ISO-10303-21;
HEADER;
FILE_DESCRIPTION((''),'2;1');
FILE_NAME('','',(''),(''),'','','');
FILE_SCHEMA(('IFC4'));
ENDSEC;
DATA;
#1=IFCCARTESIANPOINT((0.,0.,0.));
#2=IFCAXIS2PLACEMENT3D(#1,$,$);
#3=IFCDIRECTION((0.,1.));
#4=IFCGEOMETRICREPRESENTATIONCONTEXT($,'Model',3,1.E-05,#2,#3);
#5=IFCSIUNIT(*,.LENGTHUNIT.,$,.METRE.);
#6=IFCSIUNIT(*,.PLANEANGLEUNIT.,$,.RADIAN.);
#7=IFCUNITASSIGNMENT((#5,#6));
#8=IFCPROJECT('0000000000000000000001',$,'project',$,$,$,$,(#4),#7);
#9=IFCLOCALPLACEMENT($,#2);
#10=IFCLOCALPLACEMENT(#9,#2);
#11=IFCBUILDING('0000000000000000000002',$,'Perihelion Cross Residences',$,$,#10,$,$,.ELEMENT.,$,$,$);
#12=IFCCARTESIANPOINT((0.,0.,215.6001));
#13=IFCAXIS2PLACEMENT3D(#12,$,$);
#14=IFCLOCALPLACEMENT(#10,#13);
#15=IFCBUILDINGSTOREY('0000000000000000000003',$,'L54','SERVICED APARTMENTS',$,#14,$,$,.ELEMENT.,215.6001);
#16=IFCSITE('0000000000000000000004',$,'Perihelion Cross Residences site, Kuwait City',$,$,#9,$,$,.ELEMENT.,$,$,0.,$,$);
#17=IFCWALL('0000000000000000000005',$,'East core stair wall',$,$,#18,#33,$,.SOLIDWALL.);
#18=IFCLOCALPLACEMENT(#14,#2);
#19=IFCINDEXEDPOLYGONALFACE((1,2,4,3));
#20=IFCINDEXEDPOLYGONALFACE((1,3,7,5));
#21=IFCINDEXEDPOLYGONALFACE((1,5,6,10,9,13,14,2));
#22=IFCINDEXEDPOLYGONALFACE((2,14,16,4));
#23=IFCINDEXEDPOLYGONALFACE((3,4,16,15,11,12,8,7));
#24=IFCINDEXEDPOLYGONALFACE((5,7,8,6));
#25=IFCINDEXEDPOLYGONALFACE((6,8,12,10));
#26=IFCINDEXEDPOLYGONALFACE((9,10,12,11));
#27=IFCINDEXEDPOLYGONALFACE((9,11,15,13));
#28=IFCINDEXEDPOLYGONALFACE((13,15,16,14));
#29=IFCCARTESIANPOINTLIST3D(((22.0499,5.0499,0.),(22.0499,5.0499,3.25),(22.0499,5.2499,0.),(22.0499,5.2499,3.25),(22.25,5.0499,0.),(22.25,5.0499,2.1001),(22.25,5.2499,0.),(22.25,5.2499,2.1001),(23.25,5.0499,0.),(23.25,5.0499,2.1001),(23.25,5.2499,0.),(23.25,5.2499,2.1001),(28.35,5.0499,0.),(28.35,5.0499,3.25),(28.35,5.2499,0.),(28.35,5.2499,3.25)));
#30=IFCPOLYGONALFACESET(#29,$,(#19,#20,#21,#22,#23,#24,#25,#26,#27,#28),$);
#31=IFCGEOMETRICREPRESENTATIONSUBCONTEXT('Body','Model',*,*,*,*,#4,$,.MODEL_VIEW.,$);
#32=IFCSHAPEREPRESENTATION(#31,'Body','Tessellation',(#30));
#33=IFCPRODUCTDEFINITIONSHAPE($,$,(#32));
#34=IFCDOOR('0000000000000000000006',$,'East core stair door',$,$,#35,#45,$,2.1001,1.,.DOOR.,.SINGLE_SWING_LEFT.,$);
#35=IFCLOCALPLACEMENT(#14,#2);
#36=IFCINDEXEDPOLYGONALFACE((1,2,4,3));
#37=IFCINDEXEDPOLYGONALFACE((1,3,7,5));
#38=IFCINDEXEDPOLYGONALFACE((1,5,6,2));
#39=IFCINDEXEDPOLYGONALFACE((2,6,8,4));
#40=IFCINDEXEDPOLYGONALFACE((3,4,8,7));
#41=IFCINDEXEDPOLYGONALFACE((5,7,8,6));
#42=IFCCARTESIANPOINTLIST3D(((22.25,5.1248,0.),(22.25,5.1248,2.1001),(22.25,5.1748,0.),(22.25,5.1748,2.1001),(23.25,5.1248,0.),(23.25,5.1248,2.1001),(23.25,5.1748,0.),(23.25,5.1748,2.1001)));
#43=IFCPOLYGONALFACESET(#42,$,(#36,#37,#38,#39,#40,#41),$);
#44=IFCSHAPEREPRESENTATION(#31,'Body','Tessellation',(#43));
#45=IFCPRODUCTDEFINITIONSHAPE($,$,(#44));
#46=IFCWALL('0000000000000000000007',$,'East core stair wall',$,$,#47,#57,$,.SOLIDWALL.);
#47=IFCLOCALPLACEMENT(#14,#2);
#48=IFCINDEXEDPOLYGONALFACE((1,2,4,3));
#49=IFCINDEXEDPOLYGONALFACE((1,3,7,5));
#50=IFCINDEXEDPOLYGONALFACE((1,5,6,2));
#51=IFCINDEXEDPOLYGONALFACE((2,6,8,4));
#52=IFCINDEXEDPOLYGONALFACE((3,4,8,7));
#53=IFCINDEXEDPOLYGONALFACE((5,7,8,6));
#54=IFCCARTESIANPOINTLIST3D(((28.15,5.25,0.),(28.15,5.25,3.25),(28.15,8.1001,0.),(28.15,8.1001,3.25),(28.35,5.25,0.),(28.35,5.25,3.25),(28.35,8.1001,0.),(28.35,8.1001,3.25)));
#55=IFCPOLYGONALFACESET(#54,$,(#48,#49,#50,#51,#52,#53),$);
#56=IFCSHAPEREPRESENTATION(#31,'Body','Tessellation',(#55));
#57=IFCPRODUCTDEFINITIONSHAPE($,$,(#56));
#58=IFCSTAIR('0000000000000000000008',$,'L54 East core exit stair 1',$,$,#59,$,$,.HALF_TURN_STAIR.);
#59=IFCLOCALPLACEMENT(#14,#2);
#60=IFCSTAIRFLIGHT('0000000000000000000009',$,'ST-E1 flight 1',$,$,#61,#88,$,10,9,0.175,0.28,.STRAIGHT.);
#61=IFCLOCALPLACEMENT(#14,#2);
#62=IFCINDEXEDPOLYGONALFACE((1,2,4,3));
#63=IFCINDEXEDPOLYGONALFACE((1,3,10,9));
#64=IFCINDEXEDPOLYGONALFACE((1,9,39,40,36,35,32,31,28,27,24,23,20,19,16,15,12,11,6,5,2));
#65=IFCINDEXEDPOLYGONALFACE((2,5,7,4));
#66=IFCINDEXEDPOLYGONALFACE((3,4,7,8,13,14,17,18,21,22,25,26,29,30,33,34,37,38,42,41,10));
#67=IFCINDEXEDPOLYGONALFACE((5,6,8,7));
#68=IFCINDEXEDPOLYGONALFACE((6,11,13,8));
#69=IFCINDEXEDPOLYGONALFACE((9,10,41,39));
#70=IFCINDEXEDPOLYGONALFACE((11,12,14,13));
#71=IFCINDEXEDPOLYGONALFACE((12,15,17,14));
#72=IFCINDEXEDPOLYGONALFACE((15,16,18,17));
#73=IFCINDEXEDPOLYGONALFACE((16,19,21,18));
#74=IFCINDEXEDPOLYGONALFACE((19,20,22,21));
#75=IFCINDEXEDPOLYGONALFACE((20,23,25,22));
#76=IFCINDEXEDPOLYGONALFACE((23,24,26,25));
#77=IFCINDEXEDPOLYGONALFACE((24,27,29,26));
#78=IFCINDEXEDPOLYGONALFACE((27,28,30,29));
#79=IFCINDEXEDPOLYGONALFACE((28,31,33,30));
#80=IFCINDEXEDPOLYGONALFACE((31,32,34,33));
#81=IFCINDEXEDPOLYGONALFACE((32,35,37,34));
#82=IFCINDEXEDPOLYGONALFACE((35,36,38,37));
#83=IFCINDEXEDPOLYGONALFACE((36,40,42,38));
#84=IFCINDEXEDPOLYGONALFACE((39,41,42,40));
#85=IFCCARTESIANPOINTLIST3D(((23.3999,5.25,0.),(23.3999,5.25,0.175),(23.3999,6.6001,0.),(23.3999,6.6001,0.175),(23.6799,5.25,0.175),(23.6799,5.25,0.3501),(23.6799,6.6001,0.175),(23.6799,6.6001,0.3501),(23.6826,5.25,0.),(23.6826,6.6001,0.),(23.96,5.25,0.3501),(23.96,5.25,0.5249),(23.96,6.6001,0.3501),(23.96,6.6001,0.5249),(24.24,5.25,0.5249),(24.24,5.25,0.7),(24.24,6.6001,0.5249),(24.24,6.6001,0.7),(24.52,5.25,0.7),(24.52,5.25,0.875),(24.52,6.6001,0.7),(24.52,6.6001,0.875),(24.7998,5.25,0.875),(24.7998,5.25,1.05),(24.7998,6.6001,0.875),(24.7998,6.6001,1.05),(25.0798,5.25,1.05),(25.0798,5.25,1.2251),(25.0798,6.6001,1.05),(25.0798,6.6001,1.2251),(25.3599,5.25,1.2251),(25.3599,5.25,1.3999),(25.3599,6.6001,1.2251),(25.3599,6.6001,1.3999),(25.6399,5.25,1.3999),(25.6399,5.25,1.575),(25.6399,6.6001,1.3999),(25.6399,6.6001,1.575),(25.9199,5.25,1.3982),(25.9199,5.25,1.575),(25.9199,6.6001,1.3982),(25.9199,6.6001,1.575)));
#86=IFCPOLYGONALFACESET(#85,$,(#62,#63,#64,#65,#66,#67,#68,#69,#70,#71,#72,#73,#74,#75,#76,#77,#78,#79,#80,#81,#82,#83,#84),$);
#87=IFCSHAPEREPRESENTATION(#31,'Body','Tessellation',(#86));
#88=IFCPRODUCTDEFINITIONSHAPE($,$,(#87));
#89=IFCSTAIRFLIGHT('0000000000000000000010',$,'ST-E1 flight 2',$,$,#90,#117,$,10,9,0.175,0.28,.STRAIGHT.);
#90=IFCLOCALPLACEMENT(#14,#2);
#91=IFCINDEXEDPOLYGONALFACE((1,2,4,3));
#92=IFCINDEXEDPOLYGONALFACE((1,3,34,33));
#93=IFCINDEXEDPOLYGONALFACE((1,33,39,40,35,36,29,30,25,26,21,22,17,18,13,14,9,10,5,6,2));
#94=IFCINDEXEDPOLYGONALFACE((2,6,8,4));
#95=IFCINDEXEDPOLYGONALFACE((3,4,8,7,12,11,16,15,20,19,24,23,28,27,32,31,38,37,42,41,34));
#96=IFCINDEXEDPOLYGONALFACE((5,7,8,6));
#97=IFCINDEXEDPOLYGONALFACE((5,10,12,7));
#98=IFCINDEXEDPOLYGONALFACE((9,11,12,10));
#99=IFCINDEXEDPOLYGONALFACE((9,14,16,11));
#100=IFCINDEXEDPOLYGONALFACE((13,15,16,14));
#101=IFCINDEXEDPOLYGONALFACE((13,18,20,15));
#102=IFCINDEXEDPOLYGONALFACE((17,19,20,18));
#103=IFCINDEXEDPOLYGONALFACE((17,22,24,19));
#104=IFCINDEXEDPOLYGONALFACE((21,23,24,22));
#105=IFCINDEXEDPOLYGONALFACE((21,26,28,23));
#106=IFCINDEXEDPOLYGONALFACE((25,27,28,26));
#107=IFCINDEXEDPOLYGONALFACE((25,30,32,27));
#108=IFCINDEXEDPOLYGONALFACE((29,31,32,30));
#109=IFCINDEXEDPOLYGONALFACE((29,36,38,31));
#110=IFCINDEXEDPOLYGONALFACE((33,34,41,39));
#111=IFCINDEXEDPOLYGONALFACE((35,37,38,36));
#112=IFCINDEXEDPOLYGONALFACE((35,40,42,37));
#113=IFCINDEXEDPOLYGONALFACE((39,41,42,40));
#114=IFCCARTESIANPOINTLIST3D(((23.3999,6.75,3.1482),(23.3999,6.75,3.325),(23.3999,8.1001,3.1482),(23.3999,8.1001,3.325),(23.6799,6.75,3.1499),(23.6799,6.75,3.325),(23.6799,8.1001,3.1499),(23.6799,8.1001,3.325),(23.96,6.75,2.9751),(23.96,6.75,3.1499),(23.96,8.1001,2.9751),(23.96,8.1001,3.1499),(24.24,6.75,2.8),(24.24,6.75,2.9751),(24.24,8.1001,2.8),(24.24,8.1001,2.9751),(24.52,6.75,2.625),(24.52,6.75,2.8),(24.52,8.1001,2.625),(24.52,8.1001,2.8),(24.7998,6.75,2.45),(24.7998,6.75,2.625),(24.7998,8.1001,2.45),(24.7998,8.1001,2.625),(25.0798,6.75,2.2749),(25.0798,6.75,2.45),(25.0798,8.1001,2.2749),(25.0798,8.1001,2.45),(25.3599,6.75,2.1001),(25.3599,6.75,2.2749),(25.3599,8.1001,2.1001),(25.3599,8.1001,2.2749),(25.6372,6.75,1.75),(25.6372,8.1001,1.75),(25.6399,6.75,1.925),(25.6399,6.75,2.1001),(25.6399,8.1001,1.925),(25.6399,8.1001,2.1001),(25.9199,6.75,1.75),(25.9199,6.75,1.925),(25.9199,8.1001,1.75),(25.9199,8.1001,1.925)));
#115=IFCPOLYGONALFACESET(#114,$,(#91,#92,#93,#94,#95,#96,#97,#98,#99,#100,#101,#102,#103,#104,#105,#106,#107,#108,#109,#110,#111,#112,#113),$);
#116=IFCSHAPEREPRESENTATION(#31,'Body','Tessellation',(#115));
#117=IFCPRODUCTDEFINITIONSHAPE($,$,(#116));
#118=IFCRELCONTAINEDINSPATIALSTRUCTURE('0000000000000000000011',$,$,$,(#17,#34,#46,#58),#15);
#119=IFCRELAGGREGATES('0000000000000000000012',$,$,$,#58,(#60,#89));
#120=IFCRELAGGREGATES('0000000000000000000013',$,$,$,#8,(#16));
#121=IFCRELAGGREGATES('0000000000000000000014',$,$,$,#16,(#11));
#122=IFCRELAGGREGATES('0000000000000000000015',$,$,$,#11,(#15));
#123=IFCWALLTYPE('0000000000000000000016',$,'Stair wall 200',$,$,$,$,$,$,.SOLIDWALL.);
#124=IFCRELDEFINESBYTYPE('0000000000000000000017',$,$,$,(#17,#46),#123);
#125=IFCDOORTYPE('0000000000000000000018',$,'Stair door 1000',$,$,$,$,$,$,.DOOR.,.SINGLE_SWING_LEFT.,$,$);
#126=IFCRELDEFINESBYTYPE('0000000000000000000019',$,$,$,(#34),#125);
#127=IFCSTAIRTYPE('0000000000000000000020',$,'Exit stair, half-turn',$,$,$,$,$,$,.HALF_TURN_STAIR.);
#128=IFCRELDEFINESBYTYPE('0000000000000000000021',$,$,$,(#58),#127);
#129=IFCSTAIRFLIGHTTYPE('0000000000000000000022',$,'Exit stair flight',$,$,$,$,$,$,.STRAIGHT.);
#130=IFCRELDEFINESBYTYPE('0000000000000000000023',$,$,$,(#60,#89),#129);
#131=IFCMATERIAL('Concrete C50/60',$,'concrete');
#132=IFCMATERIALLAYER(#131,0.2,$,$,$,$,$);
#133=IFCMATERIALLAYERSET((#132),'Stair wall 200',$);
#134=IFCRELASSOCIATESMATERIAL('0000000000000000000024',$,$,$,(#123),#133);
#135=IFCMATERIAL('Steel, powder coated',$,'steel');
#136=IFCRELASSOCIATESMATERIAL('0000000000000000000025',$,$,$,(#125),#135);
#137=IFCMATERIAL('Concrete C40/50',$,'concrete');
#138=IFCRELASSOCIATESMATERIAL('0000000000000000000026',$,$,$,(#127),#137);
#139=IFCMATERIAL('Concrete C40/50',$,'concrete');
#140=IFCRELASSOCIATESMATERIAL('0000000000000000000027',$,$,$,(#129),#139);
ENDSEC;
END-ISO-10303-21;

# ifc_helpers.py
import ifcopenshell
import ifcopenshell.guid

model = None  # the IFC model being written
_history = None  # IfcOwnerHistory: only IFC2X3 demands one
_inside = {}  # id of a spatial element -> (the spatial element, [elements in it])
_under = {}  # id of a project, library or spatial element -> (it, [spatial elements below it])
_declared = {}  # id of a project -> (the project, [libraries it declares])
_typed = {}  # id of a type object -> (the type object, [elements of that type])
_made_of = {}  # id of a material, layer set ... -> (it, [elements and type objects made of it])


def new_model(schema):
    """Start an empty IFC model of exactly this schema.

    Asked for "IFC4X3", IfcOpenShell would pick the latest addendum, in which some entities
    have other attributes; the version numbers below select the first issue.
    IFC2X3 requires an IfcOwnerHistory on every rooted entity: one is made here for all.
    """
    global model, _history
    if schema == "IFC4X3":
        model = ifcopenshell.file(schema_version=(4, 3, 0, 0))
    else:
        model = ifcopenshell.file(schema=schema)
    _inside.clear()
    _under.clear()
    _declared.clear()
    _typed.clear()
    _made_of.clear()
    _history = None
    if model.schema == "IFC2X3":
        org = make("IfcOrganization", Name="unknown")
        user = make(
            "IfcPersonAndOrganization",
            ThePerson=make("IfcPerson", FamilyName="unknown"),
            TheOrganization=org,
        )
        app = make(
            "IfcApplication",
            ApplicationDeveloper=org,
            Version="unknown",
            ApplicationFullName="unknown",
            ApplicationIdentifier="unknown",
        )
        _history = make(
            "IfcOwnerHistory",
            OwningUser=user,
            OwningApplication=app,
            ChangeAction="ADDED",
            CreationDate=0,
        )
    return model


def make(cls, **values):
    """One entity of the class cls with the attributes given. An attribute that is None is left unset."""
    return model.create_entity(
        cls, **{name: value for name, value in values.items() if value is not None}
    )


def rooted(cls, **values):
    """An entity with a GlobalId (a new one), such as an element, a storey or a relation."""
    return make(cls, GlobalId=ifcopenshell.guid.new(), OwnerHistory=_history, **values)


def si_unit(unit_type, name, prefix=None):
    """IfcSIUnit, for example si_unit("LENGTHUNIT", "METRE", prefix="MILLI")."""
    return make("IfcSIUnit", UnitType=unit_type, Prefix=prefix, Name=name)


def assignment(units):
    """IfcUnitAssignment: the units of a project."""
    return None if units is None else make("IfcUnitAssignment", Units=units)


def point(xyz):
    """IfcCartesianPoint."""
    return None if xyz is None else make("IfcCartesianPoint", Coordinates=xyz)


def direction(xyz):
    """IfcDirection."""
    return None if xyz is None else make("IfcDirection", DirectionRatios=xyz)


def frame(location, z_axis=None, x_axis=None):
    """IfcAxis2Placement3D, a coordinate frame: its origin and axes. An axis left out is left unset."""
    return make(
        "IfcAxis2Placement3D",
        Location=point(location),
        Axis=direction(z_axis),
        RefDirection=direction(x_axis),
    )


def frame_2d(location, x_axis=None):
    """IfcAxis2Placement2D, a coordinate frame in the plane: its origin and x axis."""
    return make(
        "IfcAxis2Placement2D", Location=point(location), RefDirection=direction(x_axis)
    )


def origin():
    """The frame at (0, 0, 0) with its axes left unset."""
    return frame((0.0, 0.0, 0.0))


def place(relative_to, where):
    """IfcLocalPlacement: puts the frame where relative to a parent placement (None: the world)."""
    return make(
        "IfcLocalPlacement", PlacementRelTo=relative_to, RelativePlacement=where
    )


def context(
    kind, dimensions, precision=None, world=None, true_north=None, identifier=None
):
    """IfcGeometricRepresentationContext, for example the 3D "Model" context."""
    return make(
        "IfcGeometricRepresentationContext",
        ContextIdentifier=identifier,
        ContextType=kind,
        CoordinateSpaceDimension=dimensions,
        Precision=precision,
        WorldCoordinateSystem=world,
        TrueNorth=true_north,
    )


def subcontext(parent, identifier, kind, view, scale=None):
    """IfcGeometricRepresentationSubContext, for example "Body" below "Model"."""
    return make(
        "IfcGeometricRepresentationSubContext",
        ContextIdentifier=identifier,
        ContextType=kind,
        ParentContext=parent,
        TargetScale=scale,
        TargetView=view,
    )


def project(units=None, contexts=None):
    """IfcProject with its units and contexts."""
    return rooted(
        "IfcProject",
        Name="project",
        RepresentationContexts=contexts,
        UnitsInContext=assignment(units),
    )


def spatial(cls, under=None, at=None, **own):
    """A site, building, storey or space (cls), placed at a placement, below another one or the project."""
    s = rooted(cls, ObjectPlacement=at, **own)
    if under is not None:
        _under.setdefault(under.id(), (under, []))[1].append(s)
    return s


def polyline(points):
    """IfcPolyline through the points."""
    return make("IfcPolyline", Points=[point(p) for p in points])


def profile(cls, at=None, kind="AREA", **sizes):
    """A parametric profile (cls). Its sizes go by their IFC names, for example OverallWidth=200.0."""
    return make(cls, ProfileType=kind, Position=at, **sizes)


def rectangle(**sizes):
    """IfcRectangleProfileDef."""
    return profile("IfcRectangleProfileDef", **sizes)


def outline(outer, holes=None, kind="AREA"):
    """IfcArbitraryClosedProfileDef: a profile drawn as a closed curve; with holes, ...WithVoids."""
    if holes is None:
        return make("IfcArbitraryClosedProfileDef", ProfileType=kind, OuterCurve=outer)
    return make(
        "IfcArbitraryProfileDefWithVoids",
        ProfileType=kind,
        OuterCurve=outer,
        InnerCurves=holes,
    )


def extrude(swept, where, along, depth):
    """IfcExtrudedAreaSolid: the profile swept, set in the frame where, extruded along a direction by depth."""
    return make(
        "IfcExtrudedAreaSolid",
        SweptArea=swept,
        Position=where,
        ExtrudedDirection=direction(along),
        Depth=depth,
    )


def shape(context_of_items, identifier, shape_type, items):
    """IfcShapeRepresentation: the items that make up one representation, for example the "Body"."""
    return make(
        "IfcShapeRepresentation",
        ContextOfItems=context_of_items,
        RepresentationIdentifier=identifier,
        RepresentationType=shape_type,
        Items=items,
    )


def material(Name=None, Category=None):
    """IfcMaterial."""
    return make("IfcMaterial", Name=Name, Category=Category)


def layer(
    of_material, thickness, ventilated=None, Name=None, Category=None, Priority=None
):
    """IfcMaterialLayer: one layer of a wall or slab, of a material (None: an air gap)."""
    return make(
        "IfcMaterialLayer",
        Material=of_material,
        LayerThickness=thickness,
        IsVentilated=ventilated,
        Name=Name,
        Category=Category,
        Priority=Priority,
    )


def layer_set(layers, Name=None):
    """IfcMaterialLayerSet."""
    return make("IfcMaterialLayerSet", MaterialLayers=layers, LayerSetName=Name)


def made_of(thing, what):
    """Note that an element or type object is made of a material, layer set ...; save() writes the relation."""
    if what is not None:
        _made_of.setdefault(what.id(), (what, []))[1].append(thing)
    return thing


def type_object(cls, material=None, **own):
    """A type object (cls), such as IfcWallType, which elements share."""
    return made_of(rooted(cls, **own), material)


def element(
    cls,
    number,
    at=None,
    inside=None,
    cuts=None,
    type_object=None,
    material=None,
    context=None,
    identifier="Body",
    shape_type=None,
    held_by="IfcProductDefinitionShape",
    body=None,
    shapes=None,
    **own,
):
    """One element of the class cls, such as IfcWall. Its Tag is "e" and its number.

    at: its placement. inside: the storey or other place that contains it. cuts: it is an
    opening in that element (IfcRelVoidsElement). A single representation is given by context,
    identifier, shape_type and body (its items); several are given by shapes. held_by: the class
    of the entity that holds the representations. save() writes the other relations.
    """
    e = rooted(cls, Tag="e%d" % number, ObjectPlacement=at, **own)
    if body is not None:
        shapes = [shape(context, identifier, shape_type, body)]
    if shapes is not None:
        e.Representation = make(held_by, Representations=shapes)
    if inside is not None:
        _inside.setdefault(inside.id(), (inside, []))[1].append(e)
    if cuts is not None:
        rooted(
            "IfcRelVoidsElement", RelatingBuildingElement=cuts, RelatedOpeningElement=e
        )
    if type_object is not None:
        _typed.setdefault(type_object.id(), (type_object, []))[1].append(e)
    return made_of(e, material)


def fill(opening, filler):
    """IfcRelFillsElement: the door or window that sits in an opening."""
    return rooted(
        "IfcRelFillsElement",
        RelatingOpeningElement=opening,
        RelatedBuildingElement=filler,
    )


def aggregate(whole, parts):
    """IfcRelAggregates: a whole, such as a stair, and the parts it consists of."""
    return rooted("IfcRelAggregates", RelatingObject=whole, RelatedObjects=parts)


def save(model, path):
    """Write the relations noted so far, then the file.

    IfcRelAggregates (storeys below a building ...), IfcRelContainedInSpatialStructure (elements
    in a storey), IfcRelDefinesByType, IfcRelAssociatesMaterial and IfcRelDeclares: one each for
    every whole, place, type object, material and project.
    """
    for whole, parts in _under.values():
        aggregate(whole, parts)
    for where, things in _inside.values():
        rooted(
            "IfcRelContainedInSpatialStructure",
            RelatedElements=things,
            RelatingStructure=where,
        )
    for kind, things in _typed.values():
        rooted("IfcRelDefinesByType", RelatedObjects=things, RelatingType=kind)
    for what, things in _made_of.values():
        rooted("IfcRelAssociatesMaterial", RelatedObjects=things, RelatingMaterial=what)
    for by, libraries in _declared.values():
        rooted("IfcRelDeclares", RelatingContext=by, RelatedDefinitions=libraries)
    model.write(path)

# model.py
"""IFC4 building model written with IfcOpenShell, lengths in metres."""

from ifc_helpers import new_model, si_unit, direction, frame, frame_2d, origin, place, context, subcontext, project, spatial, polyline, rectangle, outline, extrude, material, layer, layer_set, type_object, element, fill, aggregate, save


model = new_model("IFC4")

# Units and contexts
model_context = context("Model", 3, precision=1e-05, world=origin(), true_north=direction((0.0, 1.0)))
body_context = subcontext(model_context, "Body", "Model", "MODEL_VIEW")
ifc_project = project(units=[si_unit("LENGTHUNIT", "METRE"), si_unit("PLANEANGLEUNIT", "RADIAN")], contexts=[model_context])

# Site, building, storey
site_placement = place(None, origin())
site = spatial("IfcSite", under=ifc_project, at=site_placement, Name="Perihelion Cross Residences site, Kuwait City", CompositionType="ELEMENT", RefElevation=0.0)
building_placement = place(site_placement, origin())
building = spatial("IfcBuilding", under=site, at=building_placement, Name="Perihelion Cross Residences", CompositionType="ELEMENT")
storey_placement = place(building_placement, frame((0.0, 0.0, 215.6001)))
storey = spatial("IfcBuildingStorey", under=building, at=storey_placement, Name="L54", Description="SERVICED APARTMENTS", CompositionType="ELEMENT", Elevation=215.6001)

# Wall, opening, door
ifc_material_1 = material(Name="Concrete C50/60", Category="concrete")
ifc_layer_1 = layer(ifc_material_1, 0.2)
ifc_layer_set_1 = layer_set([ifc_layer_1], Name="Stair wall 200")
wall_type_1 = type_object("IfcWallType", Name="Stair wall 200", PredefinedType="SOLIDWALL", material=ifc_layer_set_1)
wall_1_placement = place(storey_placement, frame((22.05, 5.1499, 0.0), z_axis=(0.0, 0.0, 1.0), x_axis=(1.0, 0.0, 0.0)))
wall_1 = element("IfcWall", 1, at=wall_1_placement, inside=storey, type_object=wall_type_1, Name="East core stair wall", PredefinedType="SOLIDWALL", context=body_context, shape_type="SweptSolid", body=[
    extrude(rectangle(XDim=6.3, YDim=0.2, at=frame_2d((3.1499, 0.0))), origin(), (0.0, 0.0, 1.0), 3.25),
])
opening_1_placement = place(wall_1_placement, frame((0.2, 0.0, 0.0)))
opening_1 = element("IfcOpeningElement", 2, at=opening_1_placement, cuts=wall_1, PredefinedType="OPENING", context=body_context, shape_type="SweptSolid", body=[
    extrude(rectangle(XDim=1.0, YDim=2.1001, at=frame_2d((0.5, 1.05))), frame((0.0, 0.1099, 0.0), z_axis=(0.0, -1.0, 0.0), x_axis=(1.0, 0.0, 0.0)), (0.0, 0.0, 1.0), 0.22),
])
ifc_material_2 = material(Name="Steel, powder coated", Category="steel")
door_type_1 = type_object("IfcDoorType", Name="Stair door 1000", OperationType="SINGLE_SWING_LEFT", PredefinedType="DOOR", material=ifc_material_2)
door_1_placement = place(opening_1_placement, origin())
door_1 = element("IfcDoor", 3, at=door_1_placement, inside=storey, type_object=door_type_1, Name="East core stair door", OperationType="SINGLE_SWING_LEFT", OverallHeight=2.1001, OverallWidth=1.0, PredefinedType="DOOR", context=body_context, shape_type="SweptSolid", body=[
    extrude(rectangle(XDim=1.0, YDim=2.1001, at=frame_2d((0.5, 1.05))), frame((0.0, 0.0249, 0.0), z_axis=(0.0, -1.0, 0.0), x_axis=(1.0, 0.0, 0.0)), (0.0, 0.0, 1.0), 0.05),
])
fill(opening_1, door_1)

# Wall
wall_2_placement = place(storey_placement, frame((28.25, 5.25, 0.0), z_axis=(0.0, 0.0, 1.0), x_axis=(0.0, 1.0, 0.0)))
element("IfcWall", 4, at=wall_2_placement, inside=storey, type_object=wall_type_1, Name="East core stair wall", PredefinedType="SOLIDWALL", context=body_context, shape_type="SweptSolid", body=[
    extrude(rectangle(XDim=2.8501, YDim=0.2, at=frame_2d((1.425, 0.0))), origin(), (0.0, 0.0, 1.0), 3.25),
])

# Stair, stair flights
ifc_material_3 = material(Name="Concrete C40/50", Category="concrete")
stair_type = type_object("IfcStairType", Name="Exit stair, half-turn", PredefinedType="HALF_TURN_STAIR", material=ifc_material_3)
stair_placement = place(storey_placement, origin())
stair = element("IfcStair", 5, at=stair_placement, inside=storey, type_object=stair_type, Name="L54 East core exit stair 1", PredefinedType="HALF_TURN_STAIR")
ifc_material_4 = material(Name="Concrete C40/50", Category="concrete")
stair_flight_type = type_object("IfcStairFlightType", Name="Exit stair flight", PredefinedType="STRAIGHT", material=ifc_material_4)
stair_flight_1_placement = place(storey_placement, frame((23.3999, 5.925, 0.0), z_axis=(0.0, 0.0, 1.0), x_axis=(1.0, 0.0, 0.0)))
stair_flight_1 = element("IfcStairFlight", 6, at=stair_flight_1_placement, type_object=stair_flight_type, Name="ST-E1 flight 1", NumberOfRisers=10, NumberOfTreads=9, PredefinedType="STRAIGHT", RiserHeight=0.175, TreadLength=0.28, context=body_context, shape_type="SweptSolid", body=[
    extrude(outline(polyline([(0.0, 0.0), (0.0, 0.175), (0.28, 0.175), (0.28, 0.3501), (0.5601, 0.3501), (0.5601, 0.5249), (0.8401, 0.5249), (0.8401, 0.7), (1.1201, 0.7), (1.1201, 0.875), (1.3999, 0.875), (1.3999, 1.05), (1.6799, 1.05), (1.6799, 1.2251), (1.96, 1.2251), (1.96, 1.3999), (2.24, 1.3999), (2.24, 1.575), (2.52, 1.575), (2.52, 1.75), (2.52, 1.3982), (0.2827, 0.0), (0.0, 0.0)])), frame((0.0, 0.675, 0.0), z_axis=(0.0, -1.0, 0.0), x_axis=(1.0, 0.0, 0.0)), (0.0, 0.0, 1.0), 1.3501),
])
stair_flight_2_placement = place(storey_placement, frame((25.9199, 7.425, 1.75), z_axis=(0.0, 0.0, 1.0), x_axis=(-1.0, 0.0, 0.0)))
stair_flight_2 = element("IfcStairFlight", 7, at=stair_flight_2_placement, type_object=stair_flight_type, Name="ST-E1 flight 2", NumberOfRisers=10, NumberOfTreads=9, PredefinedType="STRAIGHT", RiserHeight=0.175, TreadLength=0.28, context=body_context, shape_type="SweptSolid", body=[
    extrude(outline(polyline([(0.0, 0.0), (0.0, 0.175), (0.28, 0.175), (0.28, 0.3501), (0.5601, 0.3501), (0.5601, 0.5249), (0.8401, 0.5249), (0.8401, 0.7), (1.1201, 0.7), (1.1201, 0.875), (1.3999, 0.875), (1.3999, 1.05), (1.6799, 1.05), (1.6799, 1.2251), (1.96, 1.2251), (1.96, 1.3999), (2.24, 1.3999), (2.24, 1.575), (2.52, 1.575), (2.52, 1.75), (2.52, 1.3982), (0.2827, 0.0), (0.0, 0.0)])), frame((0.0, 0.675, 0.0), z_axis=(0.0, -1.0, 0.0), x_axis=(1.0, 0.0, 0.0)), (0.0, 0.0, 1.0), 1.3501),
])
aggregate(stair, [stair_flight_1, stair_flight_2])

save(model, "model.ifc")
